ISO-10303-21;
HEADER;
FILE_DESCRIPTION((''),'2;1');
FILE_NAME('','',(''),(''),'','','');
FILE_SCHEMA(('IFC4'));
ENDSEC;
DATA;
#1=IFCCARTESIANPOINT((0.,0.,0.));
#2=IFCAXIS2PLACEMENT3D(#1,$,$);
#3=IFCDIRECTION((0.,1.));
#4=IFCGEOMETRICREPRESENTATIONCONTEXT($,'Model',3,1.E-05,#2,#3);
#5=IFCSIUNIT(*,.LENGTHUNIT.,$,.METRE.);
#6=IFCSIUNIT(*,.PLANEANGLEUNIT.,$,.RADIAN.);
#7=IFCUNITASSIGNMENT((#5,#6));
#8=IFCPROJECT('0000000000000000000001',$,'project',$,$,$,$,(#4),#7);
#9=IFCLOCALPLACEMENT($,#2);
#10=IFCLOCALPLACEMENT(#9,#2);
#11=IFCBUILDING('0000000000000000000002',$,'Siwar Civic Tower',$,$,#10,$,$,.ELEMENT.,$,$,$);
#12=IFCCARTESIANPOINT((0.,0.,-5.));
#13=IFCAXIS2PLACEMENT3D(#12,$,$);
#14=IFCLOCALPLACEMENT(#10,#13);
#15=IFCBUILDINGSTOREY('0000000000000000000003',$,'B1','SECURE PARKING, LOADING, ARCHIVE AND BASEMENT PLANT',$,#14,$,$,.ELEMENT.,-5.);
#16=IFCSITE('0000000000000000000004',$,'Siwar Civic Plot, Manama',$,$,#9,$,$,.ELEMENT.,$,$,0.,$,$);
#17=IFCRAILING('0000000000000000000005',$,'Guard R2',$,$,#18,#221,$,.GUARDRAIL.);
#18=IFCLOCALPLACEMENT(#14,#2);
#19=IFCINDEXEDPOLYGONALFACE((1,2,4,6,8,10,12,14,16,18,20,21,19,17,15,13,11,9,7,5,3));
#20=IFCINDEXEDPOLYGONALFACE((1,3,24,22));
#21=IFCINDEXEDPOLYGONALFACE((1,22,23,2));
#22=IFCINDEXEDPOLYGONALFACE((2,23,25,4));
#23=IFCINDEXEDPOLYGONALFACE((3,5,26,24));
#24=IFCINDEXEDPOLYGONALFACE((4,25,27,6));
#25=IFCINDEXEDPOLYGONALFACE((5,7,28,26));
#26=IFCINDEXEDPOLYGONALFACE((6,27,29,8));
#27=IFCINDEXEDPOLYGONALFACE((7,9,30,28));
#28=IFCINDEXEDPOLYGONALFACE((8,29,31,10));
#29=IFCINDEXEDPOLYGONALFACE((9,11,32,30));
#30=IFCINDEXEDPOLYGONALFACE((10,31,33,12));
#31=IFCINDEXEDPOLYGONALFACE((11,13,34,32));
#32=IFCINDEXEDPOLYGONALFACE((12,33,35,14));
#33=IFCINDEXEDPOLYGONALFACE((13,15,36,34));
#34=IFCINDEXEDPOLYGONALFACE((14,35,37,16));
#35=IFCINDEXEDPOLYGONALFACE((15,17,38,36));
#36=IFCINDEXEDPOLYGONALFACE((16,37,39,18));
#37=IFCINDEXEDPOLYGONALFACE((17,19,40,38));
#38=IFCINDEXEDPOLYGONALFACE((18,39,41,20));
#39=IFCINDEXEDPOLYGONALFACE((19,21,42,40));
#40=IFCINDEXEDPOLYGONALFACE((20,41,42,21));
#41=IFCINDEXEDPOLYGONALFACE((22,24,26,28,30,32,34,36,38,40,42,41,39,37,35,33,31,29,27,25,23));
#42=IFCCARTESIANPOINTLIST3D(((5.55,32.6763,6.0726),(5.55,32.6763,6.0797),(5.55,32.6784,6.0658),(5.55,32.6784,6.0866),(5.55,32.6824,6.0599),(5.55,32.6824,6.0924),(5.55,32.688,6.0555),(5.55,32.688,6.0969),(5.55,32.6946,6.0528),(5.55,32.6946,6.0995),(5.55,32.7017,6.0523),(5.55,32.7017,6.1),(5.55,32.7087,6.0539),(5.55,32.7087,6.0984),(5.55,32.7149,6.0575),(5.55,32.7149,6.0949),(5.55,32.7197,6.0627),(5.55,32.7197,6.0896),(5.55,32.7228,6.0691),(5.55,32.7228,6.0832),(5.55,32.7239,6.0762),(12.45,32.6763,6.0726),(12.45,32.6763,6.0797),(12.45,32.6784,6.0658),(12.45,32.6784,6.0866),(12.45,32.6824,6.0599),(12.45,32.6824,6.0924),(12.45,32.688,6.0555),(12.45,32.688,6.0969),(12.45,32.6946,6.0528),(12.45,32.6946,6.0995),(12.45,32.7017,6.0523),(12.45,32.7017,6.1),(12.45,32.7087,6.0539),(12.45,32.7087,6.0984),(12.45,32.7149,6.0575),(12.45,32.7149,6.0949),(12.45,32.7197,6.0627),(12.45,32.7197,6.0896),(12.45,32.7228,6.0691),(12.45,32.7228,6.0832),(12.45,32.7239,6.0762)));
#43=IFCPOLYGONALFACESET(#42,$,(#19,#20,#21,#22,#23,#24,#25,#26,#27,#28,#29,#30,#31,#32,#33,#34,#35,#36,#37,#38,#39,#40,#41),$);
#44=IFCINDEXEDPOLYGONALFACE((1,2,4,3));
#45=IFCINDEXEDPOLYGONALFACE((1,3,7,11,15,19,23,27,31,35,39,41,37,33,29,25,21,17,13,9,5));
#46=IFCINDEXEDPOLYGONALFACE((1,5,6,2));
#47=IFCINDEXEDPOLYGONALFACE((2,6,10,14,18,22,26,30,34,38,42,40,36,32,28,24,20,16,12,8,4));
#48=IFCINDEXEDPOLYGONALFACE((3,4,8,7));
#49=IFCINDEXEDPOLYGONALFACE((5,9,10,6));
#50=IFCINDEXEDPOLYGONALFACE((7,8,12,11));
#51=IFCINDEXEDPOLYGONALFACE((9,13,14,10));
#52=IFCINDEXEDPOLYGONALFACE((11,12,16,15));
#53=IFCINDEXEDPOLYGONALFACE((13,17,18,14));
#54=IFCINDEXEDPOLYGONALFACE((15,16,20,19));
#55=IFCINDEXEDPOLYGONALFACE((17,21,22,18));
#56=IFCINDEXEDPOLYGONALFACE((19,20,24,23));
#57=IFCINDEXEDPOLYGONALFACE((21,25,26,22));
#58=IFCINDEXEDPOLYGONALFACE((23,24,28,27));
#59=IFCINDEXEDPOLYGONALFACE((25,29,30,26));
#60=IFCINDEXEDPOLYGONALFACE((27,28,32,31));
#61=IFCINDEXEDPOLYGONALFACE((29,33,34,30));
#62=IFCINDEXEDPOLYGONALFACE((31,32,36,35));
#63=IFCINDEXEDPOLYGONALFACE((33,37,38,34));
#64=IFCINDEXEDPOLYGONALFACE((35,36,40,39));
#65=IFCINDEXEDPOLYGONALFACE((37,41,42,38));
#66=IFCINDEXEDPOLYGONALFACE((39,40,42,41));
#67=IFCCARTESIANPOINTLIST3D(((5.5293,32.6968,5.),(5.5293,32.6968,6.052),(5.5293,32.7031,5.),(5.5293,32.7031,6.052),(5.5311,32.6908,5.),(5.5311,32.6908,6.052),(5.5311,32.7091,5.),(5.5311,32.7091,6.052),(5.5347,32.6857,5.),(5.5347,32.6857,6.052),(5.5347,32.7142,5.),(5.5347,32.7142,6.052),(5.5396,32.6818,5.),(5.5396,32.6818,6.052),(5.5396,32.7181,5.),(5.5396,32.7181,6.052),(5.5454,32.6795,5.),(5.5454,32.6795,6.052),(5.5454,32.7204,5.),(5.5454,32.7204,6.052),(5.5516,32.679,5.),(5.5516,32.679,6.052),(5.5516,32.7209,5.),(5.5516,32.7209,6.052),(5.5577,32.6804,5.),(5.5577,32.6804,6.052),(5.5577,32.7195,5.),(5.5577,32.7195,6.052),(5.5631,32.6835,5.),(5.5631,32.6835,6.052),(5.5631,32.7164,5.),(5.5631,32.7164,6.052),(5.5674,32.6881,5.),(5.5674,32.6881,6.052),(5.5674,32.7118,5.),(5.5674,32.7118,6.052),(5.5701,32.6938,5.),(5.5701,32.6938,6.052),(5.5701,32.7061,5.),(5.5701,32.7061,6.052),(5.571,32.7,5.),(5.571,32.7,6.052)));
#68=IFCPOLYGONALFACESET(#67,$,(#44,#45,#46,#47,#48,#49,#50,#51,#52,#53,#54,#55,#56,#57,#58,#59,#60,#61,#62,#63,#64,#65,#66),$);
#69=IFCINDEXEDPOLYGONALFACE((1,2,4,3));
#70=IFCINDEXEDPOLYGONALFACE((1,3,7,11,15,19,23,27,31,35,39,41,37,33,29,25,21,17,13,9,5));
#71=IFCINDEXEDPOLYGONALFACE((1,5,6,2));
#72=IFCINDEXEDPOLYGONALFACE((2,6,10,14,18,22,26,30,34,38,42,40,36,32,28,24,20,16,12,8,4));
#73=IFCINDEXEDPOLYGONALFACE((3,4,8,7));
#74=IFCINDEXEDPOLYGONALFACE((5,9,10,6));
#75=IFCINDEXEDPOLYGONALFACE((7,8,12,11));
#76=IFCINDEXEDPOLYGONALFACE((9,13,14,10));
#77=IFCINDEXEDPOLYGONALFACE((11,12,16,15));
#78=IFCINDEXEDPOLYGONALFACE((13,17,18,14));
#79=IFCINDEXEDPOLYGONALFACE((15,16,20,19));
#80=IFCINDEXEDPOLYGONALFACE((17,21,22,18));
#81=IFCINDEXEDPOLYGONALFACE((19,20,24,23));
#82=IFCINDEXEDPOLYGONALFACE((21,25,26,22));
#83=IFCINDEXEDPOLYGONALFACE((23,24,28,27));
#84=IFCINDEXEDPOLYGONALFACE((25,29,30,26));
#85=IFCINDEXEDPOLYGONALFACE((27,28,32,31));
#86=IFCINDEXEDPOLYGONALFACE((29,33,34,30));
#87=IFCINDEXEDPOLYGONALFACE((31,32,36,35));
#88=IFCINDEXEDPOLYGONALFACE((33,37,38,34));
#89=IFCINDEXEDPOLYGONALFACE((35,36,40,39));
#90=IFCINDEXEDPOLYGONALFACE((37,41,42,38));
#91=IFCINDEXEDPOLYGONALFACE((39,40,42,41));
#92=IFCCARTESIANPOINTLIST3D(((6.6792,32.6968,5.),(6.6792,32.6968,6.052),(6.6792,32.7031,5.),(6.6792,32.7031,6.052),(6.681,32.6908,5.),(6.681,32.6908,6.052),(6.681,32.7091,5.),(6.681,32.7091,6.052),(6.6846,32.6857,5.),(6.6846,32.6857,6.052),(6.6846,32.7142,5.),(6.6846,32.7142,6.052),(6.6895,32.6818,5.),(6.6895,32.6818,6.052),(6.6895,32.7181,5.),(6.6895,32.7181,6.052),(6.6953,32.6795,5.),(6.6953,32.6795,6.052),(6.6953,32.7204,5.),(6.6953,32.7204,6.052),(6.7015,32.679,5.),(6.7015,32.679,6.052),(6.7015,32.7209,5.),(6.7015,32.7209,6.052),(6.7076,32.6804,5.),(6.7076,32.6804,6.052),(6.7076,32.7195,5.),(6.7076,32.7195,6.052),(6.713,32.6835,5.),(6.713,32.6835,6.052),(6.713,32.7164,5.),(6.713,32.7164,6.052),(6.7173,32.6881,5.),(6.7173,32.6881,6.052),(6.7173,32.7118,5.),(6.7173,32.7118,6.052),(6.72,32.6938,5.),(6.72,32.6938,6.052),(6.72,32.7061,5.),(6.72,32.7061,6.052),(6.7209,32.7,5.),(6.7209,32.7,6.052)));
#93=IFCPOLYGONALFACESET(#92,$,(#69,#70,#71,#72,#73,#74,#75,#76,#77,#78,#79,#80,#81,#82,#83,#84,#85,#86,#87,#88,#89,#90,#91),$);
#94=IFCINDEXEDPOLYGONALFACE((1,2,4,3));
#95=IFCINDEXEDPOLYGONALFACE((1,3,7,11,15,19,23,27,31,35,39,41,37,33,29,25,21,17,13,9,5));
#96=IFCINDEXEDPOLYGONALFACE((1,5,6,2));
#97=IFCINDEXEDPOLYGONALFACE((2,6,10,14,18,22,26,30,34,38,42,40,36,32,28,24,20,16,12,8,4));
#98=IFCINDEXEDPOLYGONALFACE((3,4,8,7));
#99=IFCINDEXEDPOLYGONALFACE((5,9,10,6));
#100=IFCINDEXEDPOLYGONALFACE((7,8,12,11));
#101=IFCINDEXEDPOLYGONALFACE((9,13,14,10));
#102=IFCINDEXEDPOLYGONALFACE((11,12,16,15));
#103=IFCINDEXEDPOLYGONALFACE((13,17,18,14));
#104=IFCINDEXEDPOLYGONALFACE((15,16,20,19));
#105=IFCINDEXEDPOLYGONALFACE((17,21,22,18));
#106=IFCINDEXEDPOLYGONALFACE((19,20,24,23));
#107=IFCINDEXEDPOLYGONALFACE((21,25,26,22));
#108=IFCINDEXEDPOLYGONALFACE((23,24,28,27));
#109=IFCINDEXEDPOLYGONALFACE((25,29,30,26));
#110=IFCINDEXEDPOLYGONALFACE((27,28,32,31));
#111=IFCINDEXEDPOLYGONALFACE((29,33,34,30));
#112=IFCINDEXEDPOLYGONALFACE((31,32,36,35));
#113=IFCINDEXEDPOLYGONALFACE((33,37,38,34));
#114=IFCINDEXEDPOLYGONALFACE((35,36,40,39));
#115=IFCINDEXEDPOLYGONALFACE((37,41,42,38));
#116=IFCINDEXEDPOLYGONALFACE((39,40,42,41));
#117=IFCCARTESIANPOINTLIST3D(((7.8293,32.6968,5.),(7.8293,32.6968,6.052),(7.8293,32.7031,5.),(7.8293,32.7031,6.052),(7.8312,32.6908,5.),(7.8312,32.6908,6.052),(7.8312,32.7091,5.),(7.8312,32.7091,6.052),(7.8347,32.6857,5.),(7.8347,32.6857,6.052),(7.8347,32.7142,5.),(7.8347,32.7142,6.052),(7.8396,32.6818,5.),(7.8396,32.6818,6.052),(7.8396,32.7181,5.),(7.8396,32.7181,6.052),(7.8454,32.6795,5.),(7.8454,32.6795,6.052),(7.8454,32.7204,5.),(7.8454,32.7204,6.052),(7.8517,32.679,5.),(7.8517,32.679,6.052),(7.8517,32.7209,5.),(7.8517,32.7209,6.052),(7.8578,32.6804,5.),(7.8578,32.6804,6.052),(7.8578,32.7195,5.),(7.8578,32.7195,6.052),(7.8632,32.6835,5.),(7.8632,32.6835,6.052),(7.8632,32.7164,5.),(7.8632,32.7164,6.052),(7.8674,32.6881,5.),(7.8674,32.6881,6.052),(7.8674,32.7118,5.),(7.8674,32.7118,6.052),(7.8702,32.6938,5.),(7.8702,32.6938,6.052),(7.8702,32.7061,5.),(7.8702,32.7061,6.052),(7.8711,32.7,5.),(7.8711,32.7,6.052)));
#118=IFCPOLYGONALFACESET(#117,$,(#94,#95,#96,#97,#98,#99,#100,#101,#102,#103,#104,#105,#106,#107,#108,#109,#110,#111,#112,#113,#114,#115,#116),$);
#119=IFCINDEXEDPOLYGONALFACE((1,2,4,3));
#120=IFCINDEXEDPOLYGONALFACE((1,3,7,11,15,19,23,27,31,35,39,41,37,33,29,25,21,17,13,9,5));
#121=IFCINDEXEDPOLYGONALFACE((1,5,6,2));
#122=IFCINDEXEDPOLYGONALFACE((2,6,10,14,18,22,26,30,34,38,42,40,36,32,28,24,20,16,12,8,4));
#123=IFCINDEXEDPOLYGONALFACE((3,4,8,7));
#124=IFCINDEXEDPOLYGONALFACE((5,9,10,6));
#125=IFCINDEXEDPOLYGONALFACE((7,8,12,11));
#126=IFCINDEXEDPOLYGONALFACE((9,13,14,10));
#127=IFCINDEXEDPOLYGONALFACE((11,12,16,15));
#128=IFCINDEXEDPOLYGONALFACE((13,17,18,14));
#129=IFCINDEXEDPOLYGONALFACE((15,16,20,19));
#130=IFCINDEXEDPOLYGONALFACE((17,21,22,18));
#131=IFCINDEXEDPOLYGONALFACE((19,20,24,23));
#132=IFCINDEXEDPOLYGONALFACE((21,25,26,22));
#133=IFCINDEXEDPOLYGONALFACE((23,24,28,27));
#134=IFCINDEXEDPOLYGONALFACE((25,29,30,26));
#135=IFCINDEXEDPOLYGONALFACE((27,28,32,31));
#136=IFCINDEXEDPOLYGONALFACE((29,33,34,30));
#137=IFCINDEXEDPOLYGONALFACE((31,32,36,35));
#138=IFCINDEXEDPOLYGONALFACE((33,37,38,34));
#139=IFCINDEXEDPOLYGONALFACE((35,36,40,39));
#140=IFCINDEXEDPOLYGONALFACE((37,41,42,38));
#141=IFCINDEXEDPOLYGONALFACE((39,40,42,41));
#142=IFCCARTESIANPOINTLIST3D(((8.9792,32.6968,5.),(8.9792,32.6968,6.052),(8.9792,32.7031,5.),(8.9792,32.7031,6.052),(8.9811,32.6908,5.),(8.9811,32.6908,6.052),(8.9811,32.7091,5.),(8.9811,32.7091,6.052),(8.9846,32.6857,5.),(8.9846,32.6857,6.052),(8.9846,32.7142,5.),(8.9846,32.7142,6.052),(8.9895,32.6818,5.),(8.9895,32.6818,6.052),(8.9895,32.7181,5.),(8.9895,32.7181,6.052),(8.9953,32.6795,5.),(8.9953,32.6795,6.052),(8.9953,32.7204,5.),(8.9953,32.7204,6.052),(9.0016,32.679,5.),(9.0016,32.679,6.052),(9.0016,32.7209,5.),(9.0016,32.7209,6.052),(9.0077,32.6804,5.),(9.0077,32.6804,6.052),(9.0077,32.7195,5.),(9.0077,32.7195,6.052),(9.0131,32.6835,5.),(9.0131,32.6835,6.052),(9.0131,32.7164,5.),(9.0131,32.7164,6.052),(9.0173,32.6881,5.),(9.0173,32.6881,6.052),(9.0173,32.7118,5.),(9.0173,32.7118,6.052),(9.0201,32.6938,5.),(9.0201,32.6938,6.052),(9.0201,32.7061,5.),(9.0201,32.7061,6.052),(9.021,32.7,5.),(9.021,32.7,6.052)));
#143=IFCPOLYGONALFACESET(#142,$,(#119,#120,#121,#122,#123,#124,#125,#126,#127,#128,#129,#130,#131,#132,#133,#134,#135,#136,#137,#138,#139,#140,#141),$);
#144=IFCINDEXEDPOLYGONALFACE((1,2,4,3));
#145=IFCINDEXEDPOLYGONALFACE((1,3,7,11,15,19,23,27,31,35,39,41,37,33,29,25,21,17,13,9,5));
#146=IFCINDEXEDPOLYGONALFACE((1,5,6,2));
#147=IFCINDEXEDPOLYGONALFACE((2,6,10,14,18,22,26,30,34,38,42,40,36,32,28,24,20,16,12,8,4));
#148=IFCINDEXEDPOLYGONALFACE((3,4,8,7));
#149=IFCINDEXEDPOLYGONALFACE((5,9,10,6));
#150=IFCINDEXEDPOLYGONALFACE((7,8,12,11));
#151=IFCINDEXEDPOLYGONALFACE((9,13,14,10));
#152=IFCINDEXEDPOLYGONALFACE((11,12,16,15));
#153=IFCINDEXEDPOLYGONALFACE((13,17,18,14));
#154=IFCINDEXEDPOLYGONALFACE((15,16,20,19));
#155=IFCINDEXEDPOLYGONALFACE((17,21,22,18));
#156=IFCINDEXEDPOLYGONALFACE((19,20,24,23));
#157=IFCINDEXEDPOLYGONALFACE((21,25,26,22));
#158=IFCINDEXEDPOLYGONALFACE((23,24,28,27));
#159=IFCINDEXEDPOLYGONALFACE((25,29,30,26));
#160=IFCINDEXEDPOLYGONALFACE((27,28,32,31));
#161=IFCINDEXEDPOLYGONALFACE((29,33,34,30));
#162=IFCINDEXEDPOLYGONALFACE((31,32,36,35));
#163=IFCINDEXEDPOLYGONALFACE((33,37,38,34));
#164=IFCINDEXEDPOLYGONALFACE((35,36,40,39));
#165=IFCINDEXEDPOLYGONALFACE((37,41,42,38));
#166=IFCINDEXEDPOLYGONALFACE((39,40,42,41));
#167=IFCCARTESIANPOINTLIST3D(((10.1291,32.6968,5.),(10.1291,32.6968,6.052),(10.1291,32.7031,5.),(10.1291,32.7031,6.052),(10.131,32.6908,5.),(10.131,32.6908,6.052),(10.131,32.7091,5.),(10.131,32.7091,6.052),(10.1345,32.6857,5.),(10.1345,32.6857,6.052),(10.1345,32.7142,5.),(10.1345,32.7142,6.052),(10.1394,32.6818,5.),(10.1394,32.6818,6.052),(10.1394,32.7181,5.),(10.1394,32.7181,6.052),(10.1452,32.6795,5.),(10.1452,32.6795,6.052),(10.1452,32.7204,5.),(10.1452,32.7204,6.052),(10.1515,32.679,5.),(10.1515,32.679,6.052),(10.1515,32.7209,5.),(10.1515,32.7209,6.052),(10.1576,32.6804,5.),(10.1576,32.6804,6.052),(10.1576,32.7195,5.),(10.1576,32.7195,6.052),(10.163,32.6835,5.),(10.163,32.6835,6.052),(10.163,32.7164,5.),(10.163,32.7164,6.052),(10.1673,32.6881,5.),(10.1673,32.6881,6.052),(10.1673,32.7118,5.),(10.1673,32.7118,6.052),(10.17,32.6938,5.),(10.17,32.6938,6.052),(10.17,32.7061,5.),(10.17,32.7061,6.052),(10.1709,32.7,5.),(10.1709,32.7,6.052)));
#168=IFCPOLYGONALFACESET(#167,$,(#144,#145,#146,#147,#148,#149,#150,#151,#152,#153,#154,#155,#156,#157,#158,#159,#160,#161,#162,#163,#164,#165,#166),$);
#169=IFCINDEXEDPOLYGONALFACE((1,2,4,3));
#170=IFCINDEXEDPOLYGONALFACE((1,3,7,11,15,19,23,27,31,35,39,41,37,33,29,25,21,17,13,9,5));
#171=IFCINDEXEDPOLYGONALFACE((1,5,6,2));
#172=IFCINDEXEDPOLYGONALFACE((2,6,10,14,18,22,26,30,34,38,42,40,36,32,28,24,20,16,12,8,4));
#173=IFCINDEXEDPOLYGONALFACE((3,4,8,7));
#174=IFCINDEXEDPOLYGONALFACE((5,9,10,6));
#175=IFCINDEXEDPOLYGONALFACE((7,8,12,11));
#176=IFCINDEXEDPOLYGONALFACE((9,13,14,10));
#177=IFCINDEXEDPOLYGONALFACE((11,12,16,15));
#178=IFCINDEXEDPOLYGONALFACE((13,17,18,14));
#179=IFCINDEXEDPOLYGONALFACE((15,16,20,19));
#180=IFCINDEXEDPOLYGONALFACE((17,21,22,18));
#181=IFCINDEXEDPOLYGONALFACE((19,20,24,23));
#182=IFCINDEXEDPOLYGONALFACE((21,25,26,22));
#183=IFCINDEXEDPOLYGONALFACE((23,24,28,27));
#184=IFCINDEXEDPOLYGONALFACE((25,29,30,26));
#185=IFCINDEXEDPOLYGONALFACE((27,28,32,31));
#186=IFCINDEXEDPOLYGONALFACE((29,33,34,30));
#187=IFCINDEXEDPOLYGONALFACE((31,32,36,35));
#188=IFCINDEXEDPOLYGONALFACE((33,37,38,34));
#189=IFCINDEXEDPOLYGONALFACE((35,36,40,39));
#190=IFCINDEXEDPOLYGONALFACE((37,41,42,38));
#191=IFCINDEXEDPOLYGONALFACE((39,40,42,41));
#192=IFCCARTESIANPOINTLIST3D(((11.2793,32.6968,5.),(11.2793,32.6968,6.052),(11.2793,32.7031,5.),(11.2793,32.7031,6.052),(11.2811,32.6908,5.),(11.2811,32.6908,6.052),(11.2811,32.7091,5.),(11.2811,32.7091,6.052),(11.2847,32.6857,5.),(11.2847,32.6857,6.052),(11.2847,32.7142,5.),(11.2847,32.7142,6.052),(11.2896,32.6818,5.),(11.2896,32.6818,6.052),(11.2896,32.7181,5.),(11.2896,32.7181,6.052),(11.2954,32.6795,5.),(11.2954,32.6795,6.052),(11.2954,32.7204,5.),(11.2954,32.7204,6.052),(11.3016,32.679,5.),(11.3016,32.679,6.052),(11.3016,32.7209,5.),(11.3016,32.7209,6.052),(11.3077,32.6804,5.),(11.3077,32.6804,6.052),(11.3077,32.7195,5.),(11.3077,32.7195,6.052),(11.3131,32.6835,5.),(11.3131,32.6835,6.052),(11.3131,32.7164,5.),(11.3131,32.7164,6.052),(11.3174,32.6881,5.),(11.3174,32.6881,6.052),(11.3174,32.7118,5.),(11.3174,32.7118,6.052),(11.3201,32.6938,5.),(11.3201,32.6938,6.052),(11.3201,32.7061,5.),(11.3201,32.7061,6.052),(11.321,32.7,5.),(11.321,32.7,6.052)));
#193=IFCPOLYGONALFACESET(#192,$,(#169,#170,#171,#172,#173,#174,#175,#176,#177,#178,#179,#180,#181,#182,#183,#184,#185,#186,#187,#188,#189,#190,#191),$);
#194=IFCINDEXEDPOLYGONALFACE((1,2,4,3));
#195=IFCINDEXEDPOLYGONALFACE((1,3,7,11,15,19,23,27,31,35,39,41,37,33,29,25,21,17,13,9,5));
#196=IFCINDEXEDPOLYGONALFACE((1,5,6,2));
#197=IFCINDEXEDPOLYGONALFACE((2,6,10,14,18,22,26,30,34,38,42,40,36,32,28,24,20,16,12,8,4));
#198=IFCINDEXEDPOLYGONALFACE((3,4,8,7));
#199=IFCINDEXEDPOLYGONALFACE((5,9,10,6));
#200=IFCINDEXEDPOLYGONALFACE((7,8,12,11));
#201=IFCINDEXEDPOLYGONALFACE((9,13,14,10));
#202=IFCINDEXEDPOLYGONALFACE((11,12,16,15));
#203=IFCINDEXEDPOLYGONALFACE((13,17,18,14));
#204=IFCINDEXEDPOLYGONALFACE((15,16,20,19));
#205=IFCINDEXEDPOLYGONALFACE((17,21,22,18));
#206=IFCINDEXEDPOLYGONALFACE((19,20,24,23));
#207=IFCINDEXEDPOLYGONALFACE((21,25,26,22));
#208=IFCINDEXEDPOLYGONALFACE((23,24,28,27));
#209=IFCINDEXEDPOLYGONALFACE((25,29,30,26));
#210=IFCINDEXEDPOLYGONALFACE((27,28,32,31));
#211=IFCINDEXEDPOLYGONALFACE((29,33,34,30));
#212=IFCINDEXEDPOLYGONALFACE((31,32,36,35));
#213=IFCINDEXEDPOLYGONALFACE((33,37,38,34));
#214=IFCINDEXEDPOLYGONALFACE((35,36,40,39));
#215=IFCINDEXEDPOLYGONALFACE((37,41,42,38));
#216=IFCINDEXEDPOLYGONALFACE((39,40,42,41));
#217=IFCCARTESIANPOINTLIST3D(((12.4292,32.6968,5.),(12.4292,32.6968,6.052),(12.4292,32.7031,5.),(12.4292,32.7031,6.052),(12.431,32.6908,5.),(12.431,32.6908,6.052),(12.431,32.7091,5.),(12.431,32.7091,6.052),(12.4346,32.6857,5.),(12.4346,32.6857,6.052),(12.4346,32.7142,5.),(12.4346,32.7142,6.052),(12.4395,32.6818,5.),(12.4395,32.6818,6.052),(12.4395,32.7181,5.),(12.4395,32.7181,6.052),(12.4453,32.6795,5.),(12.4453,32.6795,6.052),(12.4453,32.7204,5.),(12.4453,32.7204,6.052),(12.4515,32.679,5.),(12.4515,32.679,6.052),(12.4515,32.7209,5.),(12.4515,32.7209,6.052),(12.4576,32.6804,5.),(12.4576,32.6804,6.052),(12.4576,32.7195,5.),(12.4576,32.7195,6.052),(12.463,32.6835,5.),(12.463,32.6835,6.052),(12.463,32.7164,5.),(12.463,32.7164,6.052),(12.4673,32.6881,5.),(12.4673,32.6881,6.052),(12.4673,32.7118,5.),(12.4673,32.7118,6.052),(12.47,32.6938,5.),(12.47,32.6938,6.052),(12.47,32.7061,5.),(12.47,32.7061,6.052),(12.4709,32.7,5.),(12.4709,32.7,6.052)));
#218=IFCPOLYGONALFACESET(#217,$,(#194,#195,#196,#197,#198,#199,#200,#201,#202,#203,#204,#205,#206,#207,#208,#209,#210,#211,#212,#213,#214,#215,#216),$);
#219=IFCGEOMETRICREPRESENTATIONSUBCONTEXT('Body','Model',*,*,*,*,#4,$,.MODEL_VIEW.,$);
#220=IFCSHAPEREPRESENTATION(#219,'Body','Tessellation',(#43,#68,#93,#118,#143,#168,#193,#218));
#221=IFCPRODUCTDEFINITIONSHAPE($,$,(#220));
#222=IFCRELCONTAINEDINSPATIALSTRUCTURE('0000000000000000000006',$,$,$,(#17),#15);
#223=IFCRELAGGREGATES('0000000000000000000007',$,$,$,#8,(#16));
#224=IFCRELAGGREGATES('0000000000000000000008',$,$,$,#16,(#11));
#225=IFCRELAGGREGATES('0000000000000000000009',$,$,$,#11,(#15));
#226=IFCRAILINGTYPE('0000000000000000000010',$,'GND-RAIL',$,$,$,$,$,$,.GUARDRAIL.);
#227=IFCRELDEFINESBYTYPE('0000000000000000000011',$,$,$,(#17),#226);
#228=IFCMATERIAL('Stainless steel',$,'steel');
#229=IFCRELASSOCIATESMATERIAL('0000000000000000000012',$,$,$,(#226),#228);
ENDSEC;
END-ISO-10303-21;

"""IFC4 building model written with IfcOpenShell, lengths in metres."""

from ifc_helpers import new_model, si_unit, direction, frame, origin, origin_2d, place, context, subcontext, project, spatial, circle, extrude, material, type_object, element, save


model = new_model("IFC4")

# Units and contexts
model_context = context("Model", 3, precision=1e-05, world=origin(), true_north=direction((0.0, 1.0)))
body_context = subcontext(model_context, "Body", "Model", "MODEL_VIEW")
ifc_project = project(units=[si_unit("LENGTHUNIT", "METRE"), si_unit("PLANEANGLEUNIT", "RADIAN")], contexts=[model_context])

# Site, building, storey
site_placement = place(None, origin())
site = spatial("IfcSite", under=ifc_project, at=site_placement, Name="Siwar Civic Plot, Manama", CompositionType="ELEMENT", RefElevation=0.0)
building_placement = place(site_placement, origin())
building = spatial("IfcBuilding", under=site, at=building_placement, Name="Siwar Civic Tower", CompositionType="ELEMENT")
storey_placement = place(building_placement, frame((0.0, 0.0, -5.0)))
storey = spatial("IfcBuildingStorey", under=building, at=storey_placement, Name="B1", Description="SECURE PARKING, LOADING, ARCHIVE AND BASEMENT PLANT", CompositionType="ELEMENT", Elevation=-5.0)

# Railing
ifc_material_1 = material(Name="Stainless steel", Category="steel")
railing_type = type_object("IfcRailingType", Name="GND-RAIL", PredefinedType="GUARDRAIL", material=ifc_material_1)
railing_1_placement = place(storey_placement, frame((5.55, 32.7, 5.0)))
element("IfcRailing", 1, at=railing_1_placement, inside=storey, type_object=railing_type, Name="Guard R2", PredefinedType="GUARDRAIL", context=body_context, shape_type="SweptSolid", body=[
    extrude(circle(Radius=0.0239, at=origin_2d()), frame((0.0, 0.0, 1.0762), z_axis=(1.0, 0.0, 0.0), x_axis=(0.0, 1.0, 0.0)), (0.0, 0.0, 1.0), 6.8999),
    extrude(circle(Radius=0.021, at=origin_2d()), origin(), (0.0, 0.0, 1.0), 1.052),
    extrude(circle(Radius=0.021, at=origin_2d()), frame((1.1499, 0.0, 0.0)), (0.0, 0.0, 1.0), 1.052),
    extrude(circle(Radius=0.021, at=origin_2d()), frame((2.3, 0.0, 0.0)), (0.0, 0.0, 1.0), 1.052),
    extrude(circle(Radius=0.021, at=origin_2d()), frame((3.45, 0.0, 0.0)), (0.0, 0.0, 1.0), 1.052),
    extrude(circle(Radius=0.021, at=origin_2d()), frame((4.5999, 0.0, 0.0)), (0.0, 0.0, 1.0), 1.052),
    extrude(circle(Radius=0.021, at=origin_2d()), frame((5.75, 0.0, 0.0)), (0.0, 0.0, 1.0), 1.052),
    extrude(circle(Radius=0.021, at=origin_2d()), frame((6.8999, 0.0, 0.0)), (0.0, 0.0, 1.0), 1.052),
])

save(model, "model.ifc")
